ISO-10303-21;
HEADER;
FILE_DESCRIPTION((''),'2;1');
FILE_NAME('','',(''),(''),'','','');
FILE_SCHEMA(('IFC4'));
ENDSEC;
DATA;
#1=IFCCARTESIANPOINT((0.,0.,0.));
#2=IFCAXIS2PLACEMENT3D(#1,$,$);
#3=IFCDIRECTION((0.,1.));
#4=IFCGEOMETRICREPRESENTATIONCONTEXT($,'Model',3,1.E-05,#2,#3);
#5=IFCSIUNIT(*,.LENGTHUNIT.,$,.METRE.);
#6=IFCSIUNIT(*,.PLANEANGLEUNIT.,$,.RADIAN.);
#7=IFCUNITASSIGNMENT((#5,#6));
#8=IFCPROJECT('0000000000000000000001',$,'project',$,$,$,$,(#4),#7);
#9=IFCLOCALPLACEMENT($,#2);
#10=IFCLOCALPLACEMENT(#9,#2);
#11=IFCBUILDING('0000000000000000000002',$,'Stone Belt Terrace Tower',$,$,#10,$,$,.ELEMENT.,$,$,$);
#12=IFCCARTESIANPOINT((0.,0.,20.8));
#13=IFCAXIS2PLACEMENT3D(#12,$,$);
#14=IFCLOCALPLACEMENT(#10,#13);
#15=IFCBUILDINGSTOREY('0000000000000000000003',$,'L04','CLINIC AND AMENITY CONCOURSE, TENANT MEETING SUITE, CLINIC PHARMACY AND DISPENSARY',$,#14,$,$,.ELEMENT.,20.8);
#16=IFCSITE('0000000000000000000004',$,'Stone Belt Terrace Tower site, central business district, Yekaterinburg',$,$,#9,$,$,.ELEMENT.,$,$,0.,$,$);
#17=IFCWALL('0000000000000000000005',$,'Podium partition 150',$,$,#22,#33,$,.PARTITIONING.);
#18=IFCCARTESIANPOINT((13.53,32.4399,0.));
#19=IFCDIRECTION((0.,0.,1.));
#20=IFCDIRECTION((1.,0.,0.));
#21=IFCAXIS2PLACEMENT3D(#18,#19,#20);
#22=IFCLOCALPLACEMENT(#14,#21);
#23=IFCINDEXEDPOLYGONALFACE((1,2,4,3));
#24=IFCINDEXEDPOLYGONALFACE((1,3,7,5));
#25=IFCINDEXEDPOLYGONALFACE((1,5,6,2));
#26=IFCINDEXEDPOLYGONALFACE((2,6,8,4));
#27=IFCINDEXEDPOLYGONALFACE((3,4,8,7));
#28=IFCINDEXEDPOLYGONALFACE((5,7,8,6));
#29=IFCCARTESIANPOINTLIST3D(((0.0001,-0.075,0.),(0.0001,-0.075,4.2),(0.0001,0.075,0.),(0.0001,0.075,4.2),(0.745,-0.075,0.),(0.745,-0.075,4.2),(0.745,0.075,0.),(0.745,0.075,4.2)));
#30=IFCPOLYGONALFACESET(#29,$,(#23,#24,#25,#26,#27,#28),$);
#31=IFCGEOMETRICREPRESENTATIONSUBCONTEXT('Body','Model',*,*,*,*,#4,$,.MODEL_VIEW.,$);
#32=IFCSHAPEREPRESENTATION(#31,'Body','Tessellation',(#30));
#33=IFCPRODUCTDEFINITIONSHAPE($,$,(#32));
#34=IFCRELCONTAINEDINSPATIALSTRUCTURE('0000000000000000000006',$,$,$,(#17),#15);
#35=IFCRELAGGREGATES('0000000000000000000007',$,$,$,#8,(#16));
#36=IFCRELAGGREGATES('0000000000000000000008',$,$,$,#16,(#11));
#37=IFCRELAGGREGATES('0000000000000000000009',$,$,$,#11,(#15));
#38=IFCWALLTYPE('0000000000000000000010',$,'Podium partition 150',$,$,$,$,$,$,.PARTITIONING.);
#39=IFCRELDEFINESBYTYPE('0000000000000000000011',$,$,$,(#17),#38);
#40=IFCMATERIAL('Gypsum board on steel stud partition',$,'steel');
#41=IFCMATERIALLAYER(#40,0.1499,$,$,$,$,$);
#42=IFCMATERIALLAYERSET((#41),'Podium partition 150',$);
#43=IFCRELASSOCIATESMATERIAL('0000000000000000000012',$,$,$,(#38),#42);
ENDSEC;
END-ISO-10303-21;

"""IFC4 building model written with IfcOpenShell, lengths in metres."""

from ifc_helpers import new_model, si_unit, direction, frame, frame_2d, origin, place, context, subcontext, project, spatial, rectangle, extrude, material, layer, layer_set, type_object, element, save


model = new_model("IFC4")

# Units and contexts
model_context = context("Model", 3, precision=1e-05, world=origin(), true_north=direction((0.0, 1.0)))
body_context = subcontext(model_context, "Body", "Model", "MODEL_VIEW")
ifc_project = project(units=[si_unit("LENGTHUNIT", "METRE"), si_unit("PLANEANGLEUNIT", "RADIAN")], contexts=[model_context])

# Site, building, storey
site_placement = place(None, origin())
site = spatial("IfcSite", under=ifc_project, at=site_placement, Name="Stone Belt Terrace Tower site, central business district, Yekaterinburg", CompositionType="ELEMENT", RefElevation=0.0)
building_placement = place(site_placement, origin())
building = spatial("IfcBuilding", under=site, at=building_placement, Name="Stone Belt Terrace Tower", CompositionType="ELEMENT")
storey_placement = place(building_placement, frame((0.0, 0.0, 20.8)))
storey = spatial("IfcBuildingStorey", under=building, at=storey_placement, Name="L04", Description="CLINIC AND AMENITY CONCOURSE, TENANT MEETING SUITE, CLINIC PHARMACY AND DISPENSARY", CompositionType="ELEMENT", Elevation=20.8)

# Wall
ifc_material_1 = material(Name="Gypsum board on steel stud partition", Category="steel")
ifc_layer_1 = layer(ifc_material_1, 0.1499)
ifc_layer_set_1 = layer_set([ifc_layer_1], Name="Podium partition 150")
wall_type_1 = type_object("IfcWallType", Name="Podium partition 150", PredefinedType="PARTITIONING", material=ifc_layer_set_1)
wall_1_placement = place(storey_placement, frame((13.53, 32.4399, 0.0), z_axis=(0.0, 0.0, 1.0), x_axis=(1.0, 0.0, 0.0)))
element("IfcWall", 1, at=wall_1_placement, inside=storey, type_object=wall_type_1, Name="Podium partition 150", PredefinedType="PARTITIONING", context=body_context, shape_type="SweptSolid", body=[
    extrude(rectangle(XDim=0.7449, YDim=0.1499, at=frame_2d((0.3726, 0.0))), origin(), (0.0, 0.0, 1.0), 4.2),
])

save(model, "model.ifc")
